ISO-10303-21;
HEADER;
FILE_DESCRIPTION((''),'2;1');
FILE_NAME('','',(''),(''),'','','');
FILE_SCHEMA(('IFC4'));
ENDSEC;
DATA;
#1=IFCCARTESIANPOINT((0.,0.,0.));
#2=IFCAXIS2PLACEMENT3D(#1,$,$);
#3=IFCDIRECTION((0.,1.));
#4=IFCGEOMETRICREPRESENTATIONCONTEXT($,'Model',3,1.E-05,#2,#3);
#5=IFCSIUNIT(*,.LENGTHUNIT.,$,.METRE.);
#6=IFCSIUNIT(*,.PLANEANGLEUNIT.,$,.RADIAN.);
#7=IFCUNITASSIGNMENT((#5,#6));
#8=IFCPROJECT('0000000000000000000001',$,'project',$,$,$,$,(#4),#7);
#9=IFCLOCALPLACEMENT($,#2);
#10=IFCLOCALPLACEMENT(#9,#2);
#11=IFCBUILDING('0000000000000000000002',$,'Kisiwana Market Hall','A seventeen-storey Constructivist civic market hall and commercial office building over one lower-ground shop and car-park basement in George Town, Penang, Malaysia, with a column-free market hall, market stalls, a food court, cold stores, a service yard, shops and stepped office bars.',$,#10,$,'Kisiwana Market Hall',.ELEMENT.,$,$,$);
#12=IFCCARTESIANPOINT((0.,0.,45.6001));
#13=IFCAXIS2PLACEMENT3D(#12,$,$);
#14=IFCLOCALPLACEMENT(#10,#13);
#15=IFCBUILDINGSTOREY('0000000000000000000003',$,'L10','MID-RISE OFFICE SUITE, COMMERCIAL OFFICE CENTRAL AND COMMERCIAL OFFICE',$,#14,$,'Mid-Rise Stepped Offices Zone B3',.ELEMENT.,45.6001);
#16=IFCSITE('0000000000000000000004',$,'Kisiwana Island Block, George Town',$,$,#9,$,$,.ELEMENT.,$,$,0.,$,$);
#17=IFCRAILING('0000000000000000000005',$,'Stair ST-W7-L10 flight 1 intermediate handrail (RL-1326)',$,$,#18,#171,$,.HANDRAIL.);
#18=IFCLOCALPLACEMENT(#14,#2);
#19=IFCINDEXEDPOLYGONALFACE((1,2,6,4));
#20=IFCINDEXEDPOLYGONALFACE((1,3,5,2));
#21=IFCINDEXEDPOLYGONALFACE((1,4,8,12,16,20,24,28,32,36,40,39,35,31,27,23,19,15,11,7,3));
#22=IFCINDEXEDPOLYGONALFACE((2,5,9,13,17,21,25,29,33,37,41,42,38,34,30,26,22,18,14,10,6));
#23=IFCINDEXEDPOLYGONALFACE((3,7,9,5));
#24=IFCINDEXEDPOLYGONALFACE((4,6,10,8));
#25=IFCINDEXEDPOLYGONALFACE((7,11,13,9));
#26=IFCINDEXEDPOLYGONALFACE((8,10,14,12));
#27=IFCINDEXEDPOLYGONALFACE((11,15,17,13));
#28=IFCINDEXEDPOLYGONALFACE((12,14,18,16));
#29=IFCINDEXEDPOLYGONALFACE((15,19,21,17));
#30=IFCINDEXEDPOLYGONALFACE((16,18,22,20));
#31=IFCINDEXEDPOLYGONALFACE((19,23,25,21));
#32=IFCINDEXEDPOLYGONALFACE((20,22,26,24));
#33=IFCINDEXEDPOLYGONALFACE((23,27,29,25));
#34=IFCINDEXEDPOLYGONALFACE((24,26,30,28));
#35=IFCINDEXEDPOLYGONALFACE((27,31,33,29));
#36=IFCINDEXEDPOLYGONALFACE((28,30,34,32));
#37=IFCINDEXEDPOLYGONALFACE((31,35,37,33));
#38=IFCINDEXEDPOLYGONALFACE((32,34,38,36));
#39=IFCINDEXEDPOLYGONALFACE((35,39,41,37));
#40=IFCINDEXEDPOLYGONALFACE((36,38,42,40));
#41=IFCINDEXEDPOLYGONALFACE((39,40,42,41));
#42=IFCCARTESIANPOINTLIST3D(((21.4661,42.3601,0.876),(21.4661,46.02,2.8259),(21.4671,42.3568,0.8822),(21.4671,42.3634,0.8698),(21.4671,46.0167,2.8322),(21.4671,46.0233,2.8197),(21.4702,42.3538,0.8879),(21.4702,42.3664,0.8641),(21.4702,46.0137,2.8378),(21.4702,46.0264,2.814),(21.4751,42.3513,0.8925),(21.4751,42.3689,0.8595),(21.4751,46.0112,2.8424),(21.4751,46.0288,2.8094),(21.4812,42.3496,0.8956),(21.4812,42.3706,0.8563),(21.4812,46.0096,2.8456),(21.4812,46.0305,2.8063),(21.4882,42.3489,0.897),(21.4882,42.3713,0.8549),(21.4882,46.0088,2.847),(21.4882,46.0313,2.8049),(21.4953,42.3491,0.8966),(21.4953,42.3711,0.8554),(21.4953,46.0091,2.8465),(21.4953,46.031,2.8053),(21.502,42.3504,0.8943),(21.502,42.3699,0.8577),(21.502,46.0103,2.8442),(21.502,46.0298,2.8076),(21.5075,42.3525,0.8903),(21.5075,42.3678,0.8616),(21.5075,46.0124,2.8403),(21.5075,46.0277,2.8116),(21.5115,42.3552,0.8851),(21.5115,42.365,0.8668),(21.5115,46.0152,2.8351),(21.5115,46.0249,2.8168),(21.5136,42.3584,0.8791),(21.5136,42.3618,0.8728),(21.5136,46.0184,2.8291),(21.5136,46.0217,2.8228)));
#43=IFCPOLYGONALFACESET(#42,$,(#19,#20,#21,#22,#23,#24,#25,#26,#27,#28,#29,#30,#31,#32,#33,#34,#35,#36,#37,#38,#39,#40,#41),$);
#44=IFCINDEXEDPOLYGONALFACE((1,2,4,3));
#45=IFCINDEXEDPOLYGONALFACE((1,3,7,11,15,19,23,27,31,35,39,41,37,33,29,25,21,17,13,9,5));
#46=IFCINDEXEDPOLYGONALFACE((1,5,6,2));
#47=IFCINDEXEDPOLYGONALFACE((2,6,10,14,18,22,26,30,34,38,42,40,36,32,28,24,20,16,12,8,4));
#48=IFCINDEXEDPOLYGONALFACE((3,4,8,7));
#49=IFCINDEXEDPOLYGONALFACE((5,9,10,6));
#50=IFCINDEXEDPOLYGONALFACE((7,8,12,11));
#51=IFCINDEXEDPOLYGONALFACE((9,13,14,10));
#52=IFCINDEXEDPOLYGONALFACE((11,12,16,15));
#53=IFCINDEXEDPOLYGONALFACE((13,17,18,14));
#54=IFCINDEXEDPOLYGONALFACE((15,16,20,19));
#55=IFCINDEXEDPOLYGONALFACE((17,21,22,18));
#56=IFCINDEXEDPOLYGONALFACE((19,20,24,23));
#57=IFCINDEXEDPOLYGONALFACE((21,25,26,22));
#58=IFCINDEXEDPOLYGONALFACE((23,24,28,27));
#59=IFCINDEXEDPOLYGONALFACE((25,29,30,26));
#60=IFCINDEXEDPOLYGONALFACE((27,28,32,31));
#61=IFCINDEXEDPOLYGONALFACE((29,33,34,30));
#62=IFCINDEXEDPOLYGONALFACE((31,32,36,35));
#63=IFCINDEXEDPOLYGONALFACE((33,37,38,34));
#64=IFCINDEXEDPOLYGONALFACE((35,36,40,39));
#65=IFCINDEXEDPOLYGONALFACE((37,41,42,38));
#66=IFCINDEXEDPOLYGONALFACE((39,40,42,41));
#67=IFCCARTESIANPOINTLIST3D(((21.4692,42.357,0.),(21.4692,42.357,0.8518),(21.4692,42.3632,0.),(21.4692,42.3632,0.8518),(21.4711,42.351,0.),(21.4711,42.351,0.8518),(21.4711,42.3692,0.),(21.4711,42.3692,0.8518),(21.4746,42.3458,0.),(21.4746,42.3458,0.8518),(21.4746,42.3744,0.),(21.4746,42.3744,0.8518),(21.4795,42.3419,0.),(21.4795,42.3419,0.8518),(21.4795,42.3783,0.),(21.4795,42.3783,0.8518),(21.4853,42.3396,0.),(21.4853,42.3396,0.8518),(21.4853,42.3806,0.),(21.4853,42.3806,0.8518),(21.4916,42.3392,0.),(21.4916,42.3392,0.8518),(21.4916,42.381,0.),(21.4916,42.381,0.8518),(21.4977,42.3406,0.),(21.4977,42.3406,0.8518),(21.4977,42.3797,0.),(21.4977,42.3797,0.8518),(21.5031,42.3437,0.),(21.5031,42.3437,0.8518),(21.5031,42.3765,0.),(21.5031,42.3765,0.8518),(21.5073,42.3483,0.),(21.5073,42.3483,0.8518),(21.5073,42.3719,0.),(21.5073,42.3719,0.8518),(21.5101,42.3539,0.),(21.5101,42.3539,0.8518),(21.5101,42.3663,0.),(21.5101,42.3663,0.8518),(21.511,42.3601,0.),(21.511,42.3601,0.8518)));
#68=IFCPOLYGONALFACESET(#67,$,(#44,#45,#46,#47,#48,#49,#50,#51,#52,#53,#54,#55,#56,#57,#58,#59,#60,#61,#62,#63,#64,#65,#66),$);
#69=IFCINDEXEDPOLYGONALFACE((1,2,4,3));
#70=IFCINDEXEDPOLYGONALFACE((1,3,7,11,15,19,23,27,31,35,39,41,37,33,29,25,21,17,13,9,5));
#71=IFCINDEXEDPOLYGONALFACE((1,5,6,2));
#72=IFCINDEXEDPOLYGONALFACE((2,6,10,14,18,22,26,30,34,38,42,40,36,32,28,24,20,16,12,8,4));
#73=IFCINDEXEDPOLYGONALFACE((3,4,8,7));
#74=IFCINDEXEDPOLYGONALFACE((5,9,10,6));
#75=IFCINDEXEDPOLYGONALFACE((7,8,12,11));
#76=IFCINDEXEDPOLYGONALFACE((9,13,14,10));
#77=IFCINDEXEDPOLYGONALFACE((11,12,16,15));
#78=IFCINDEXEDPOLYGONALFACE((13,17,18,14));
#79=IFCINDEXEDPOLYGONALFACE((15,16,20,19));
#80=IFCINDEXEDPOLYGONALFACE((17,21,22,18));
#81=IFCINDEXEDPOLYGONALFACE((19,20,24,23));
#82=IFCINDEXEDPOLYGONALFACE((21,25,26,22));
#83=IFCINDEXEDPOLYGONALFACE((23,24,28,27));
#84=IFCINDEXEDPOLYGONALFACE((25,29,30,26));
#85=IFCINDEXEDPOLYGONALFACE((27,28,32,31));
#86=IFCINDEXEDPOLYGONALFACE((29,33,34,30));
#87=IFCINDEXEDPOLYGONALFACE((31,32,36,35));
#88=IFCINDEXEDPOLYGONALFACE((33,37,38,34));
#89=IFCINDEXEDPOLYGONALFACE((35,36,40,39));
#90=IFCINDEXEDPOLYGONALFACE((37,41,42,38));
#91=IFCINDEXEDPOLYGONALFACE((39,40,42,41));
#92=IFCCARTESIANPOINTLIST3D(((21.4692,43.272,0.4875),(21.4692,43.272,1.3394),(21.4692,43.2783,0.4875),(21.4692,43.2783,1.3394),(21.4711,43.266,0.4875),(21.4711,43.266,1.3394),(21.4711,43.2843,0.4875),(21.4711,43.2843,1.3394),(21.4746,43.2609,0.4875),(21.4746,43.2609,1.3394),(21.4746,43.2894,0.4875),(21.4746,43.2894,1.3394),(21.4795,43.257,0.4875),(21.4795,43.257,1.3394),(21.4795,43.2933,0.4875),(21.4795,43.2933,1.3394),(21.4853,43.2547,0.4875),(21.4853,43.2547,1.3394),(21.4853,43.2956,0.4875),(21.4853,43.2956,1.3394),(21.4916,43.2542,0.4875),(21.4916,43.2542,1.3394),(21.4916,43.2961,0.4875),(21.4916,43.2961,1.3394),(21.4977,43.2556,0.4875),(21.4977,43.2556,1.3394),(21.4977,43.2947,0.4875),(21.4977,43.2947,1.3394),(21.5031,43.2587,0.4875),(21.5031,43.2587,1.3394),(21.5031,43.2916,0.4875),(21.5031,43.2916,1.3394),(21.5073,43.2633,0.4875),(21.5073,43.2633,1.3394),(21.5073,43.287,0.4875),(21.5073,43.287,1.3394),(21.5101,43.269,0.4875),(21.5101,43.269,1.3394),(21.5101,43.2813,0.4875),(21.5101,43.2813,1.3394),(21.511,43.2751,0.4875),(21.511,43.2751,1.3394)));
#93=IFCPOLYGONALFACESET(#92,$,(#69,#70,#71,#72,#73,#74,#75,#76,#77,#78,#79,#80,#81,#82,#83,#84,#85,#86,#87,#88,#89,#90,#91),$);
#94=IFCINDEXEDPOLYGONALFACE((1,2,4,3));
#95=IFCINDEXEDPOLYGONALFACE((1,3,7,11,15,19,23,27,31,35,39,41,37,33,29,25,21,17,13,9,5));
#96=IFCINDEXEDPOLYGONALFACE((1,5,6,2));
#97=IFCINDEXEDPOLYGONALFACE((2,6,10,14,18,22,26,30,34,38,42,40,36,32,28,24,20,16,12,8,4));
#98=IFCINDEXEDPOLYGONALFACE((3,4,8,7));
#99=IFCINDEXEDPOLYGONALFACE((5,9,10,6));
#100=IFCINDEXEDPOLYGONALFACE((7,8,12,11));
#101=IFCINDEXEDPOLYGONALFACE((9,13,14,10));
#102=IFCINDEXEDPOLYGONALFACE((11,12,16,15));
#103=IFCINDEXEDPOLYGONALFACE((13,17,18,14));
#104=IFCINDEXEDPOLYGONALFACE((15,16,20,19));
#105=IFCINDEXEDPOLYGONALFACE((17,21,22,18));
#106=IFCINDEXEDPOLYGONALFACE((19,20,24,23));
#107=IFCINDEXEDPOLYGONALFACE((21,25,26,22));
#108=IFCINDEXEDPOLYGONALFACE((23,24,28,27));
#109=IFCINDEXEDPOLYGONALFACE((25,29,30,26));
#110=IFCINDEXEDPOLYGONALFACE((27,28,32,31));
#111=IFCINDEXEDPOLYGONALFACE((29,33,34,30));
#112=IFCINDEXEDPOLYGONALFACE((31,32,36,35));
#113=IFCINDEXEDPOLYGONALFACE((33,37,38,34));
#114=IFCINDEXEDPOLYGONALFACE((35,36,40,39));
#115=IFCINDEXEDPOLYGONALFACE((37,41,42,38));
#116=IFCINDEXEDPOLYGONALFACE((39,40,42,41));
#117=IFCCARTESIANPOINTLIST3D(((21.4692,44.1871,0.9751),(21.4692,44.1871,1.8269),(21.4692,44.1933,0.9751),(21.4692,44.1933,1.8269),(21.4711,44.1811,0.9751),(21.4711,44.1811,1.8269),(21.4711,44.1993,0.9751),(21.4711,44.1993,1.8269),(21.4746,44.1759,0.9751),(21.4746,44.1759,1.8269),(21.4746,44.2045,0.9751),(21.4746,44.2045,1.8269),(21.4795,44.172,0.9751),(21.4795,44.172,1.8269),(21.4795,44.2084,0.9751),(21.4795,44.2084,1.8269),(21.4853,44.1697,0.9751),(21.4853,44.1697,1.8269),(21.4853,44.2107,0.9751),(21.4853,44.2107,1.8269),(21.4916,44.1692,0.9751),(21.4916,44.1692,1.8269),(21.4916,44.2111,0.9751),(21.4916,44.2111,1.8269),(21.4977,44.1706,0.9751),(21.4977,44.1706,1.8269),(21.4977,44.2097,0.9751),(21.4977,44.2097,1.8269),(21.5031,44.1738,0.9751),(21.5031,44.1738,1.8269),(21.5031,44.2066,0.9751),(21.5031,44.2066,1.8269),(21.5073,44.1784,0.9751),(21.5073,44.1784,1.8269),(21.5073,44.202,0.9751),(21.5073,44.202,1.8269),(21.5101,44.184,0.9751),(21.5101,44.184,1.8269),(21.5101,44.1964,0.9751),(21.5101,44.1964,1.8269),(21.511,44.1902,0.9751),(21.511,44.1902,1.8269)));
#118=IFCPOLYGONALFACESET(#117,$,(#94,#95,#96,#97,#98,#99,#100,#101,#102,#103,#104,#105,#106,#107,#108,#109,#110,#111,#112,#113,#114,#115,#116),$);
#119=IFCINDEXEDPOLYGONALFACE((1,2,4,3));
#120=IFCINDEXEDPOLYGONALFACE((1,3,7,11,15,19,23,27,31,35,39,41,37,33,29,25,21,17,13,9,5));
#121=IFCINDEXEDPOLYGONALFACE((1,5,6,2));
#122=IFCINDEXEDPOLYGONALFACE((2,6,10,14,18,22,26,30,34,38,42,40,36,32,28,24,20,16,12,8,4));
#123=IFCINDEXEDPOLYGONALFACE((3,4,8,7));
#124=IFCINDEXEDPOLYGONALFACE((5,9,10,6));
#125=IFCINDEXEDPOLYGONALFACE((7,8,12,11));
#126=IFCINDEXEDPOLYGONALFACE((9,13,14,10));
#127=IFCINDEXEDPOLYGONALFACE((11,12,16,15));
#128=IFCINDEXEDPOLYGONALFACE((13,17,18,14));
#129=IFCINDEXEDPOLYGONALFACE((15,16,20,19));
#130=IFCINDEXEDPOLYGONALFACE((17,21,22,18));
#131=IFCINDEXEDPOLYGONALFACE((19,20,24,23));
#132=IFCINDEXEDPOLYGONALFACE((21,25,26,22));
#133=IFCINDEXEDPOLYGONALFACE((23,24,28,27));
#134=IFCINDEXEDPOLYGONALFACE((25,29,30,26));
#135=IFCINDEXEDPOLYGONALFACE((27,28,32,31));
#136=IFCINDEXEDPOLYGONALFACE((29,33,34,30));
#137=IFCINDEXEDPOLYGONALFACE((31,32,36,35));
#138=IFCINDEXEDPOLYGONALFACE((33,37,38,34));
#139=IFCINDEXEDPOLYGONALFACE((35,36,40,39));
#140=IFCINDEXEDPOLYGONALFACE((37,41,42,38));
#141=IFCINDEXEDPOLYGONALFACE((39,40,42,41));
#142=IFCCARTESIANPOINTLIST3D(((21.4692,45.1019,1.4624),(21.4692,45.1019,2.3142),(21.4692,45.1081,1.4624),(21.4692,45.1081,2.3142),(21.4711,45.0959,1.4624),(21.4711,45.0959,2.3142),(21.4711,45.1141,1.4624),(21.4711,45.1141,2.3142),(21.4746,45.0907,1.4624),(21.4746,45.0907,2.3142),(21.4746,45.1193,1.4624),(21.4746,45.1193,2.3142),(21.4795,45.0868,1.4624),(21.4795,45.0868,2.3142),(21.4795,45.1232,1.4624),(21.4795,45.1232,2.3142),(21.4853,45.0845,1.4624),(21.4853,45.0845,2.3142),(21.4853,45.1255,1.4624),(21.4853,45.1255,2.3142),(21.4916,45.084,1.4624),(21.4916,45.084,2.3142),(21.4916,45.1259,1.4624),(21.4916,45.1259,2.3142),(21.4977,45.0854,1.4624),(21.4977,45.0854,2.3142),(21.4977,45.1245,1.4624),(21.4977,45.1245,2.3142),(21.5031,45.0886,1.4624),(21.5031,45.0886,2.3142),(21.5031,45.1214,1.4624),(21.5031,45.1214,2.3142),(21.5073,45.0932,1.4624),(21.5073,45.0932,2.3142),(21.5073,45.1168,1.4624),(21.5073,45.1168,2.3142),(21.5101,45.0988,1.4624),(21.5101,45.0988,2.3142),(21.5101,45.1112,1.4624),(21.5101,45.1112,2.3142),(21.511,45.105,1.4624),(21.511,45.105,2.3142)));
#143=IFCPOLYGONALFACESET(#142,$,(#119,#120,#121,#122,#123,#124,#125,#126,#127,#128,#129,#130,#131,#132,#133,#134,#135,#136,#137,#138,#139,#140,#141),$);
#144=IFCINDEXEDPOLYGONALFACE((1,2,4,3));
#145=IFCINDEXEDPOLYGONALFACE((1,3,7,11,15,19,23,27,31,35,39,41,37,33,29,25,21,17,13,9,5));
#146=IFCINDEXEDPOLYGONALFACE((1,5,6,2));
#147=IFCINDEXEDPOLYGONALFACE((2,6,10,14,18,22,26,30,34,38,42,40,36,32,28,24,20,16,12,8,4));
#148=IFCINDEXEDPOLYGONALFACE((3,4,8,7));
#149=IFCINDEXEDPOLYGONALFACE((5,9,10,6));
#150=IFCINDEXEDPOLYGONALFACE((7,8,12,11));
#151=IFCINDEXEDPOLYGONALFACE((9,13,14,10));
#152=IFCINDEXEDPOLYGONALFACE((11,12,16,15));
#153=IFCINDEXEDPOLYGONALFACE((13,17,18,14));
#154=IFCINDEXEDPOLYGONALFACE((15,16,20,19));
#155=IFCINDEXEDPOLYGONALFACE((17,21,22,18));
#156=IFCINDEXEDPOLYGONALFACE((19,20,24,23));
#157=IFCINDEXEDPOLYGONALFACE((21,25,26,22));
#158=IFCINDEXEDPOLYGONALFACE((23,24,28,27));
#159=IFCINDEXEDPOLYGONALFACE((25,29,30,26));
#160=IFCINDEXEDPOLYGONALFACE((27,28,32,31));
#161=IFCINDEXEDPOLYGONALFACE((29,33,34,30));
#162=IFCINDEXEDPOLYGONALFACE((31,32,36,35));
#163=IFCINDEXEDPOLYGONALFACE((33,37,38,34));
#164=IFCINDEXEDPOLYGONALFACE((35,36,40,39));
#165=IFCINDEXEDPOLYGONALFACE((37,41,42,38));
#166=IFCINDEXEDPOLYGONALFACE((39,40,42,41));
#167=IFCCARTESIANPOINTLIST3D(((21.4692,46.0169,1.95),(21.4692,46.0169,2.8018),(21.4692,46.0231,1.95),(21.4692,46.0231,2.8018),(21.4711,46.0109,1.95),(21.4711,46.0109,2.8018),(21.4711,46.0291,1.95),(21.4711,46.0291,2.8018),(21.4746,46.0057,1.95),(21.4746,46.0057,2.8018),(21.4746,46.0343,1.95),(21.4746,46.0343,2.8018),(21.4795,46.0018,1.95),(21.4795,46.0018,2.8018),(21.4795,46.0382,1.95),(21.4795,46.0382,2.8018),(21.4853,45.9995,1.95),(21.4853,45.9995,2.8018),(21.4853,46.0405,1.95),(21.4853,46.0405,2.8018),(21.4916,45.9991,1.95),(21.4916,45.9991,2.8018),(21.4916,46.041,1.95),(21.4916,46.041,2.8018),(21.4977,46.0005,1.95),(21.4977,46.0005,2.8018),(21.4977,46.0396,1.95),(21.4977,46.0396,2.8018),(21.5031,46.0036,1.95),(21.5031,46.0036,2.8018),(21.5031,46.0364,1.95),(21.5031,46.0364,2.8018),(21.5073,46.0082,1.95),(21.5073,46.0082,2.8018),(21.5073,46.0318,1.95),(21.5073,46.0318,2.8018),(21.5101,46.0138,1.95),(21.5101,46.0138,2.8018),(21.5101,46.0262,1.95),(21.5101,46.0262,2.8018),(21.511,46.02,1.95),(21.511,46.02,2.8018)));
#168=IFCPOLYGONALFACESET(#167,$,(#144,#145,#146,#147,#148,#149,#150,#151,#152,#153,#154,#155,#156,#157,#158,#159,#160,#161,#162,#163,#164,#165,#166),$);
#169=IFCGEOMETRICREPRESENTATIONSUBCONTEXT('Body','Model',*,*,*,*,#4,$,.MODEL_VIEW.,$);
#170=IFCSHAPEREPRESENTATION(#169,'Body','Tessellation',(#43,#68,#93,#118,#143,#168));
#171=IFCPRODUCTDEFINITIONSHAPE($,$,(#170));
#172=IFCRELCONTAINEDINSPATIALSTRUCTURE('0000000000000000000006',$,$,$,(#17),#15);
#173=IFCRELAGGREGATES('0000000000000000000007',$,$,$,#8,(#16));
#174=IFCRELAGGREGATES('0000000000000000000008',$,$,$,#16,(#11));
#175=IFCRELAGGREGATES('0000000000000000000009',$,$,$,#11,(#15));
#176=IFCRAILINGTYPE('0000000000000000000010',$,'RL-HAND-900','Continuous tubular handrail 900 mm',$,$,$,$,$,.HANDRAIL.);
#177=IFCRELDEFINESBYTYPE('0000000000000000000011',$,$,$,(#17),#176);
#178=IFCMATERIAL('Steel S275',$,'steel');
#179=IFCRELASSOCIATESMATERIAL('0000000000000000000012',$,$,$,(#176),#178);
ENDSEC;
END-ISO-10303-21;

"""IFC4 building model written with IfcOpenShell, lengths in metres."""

from ifc_helpers import new_model, si_unit, direction, frame, origin, origin_2d, place, context, subcontext, project, spatial, circle, extrude, material, type_object, element, save


model = new_model("IFC4")

# Units and contexts
model_context = context("Model", 3, precision=1e-05, world=origin(), true_north=direction((0.0, 1.0)))
body_context = subcontext(model_context, "Body", "Model", "MODEL_VIEW")
ifc_project = project(units=[si_unit("LENGTHUNIT", "METRE"), si_unit("PLANEANGLEUNIT", "RADIAN")], contexts=[model_context])

# Site, building, storey
site_placement = place(None, origin())
site = spatial("IfcSite", under=ifc_project, at=site_placement, Name="Kisiwana Island Block, George Town", CompositionType="ELEMENT", RefElevation=0.0)
building_placement = place(site_placement, origin())
building = spatial("IfcBuilding", under=site, at=building_placement, Name="Kisiwana Market Hall", Description="A seventeen-storey Constructivist civic market hall and commercial office building over one lower-ground shop and car-park basement in George Town, Penang, Malaysia, with a column-free market hall, market stalls, a food court, cold stores, a service yard, shops and stepped office bars.", LongName="Kisiwana Market Hall", CompositionType="ELEMENT")
storey_placement = place(building_placement, frame((0.0, 0.0, 45.6001)))
storey = spatial("IfcBuildingStorey", under=building, at=storey_placement, Name="L10", Description="MID-RISE OFFICE SUITE, COMMERCIAL OFFICE CENTRAL AND COMMERCIAL OFFICE", LongName="Mid-Rise Stepped Offices Zone B3", CompositionType="ELEMENT", Elevation=45.6001)

# Railing
ifc_material_1 = material(Name="Steel S275", Category="steel")
railing_type_1 = type_object("IfcRailingType", Name="RL-HAND-900", Description="Continuous tubular handrail 900 mm", PredefinedType="HANDRAIL", material=ifc_material_1)
railing_1_placement = place(storey_placement, frame((21.49, 42.3601, 0.0)))
element("IfcRailing", 1, at=railing_1_placement, inside=storey, type_object=railing_type_1, Name="Stair ST-W7-L10 flight 1 intermediate handrail (RL-1326)", PredefinedType="HANDRAIL", context=body_context, shape_type="SweptSolid", body=[
    extrude(circle(Radius=0.0239, at=origin_2d()), frame((0.0, 0.0, 0.876), z_axis=(0.0, 0.882553, 0.470212), x_axis=(-1.0, 0.0, 0.0)), (0.0, 0.0, 1.0), 4.147),
    extrude(circle(Radius=0.021, at=origin_2d()), origin(), (0.0, 0.0, 1.0), 0.8518),
    extrude(circle(Radius=0.021, at=origin_2d()), frame((0.0, 0.915, 0.4875)), (0.0, 0.0, 1.0), 0.8518),
    extrude(circle(Radius=0.021, at=origin_2d()), frame((0.0, 1.8301, 0.9751)), (0.0, 0.0, 1.0), 0.8518),
    extrude(circle(Radius=0.021, at=origin_2d()), frame((0.0, 2.7449, 1.4624)), (0.0, 0.0, 1.0), 0.8518),
    extrude(circle(Radius=0.021, at=origin_2d()), frame((0.0, 3.6599, 1.95)), (0.0, 0.0, 1.0), 0.8518),
])

save(model, "model.ifc")
